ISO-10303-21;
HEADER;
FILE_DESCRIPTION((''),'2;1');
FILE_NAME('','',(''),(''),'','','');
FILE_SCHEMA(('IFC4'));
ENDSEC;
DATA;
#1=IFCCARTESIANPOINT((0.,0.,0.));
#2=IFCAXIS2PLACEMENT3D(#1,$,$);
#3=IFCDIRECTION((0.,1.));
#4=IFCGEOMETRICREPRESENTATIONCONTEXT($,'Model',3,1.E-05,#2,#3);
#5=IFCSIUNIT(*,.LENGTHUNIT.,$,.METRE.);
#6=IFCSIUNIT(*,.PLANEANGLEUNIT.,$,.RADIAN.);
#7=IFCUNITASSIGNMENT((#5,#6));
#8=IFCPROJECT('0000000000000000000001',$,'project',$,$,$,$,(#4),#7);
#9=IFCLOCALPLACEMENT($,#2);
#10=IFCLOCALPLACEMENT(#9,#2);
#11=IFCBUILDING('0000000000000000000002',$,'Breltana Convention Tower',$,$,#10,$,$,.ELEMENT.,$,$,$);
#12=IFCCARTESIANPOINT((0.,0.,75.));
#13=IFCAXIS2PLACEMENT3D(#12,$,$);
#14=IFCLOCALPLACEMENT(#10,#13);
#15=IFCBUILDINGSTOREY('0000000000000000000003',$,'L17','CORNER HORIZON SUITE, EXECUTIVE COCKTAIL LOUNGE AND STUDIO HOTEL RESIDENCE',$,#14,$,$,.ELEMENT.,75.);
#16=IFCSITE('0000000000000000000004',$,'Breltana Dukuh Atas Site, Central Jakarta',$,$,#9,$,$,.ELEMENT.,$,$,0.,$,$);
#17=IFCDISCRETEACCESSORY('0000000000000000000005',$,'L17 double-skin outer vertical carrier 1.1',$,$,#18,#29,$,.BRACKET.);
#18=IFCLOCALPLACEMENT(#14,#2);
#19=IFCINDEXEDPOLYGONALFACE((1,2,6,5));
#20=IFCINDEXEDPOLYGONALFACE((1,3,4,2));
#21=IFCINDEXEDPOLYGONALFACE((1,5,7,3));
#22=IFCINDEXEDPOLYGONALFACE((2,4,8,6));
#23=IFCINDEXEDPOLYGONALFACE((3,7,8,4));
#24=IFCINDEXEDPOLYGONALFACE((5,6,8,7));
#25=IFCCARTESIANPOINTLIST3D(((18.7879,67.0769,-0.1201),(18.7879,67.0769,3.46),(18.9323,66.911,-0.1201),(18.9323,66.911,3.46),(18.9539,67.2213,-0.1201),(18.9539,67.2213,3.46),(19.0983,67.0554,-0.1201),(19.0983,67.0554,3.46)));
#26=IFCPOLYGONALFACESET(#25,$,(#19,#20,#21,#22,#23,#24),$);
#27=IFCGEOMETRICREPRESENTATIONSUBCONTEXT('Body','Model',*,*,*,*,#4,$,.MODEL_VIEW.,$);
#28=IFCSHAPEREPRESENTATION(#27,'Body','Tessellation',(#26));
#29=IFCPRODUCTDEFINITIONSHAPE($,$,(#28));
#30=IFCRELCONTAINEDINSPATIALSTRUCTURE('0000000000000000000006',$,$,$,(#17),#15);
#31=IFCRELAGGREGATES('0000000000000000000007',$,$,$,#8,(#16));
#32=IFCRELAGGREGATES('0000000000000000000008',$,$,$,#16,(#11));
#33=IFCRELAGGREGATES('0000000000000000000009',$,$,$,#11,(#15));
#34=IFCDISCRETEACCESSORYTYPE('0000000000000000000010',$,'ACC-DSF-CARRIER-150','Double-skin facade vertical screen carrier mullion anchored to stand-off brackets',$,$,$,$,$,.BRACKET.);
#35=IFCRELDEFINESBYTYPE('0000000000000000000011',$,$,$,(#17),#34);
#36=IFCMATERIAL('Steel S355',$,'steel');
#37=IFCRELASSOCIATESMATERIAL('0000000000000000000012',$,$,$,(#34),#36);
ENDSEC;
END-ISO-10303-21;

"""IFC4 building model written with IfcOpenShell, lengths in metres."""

from ifc_helpers import new_model, si_unit, direction, frame, origin, origin_2d, place, context, subcontext, project, spatial, rectangle, extrude, source, transform, mapped, material, type_object, element, save


model = new_model("IFC4")

# Units and contexts
model_context = context("Model", 3, precision=1e-05, world=origin(), true_north=direction((0.0, 1.0)))
body_context = subcontext(model_context, "Body", "Model", "MODEL_VIEW")
ifc_project = project(units=[si_unit("LENGTHUNIT", "METRE"), si_unit("PLANEANGLEUNIT", "RADIAN")], contexts=[model_context])

# Site, building, storey
site_placement = place(None, origin())
site = spatial("IfcSite", under=ifc_project, at=site_placement, Name="Breltana Dukuh Atas Site, Central Jakarta", CompositionType="ELEMENT", RefElevation=0.0)
building_placement = place(site_placement, origin())
building = spatial("IfcBuilding", under=site, at=building_placement, Name="Breltana Convention Tower", CompositionType="ELEMENT")
storey_placement = place(building_placement, frame((0.0, 0.0, 75.0)))
storey = spatial("IfcBuildingStorey", under=building, at=storey_placement, Name="L17", Description="CORNER HORIZON SUITE, EXECUTIVE COCKTAIL LOUNGE AND STUDIO HOTEL RESIDENCE", CompositionType="ELEMENT", Elevation=75.0)

# Discrete accessory
ifc_material_1 = material(Name="Steel S355", Category="steel")
discrete_accessory_type_1 = type_object("IfcDiscreteAccessoryType", Name="ACC-DSF-CARRIER-150", Description="Double-skin facade vertical screen carrier mullion anchored to stand-off brackets", PredefinedType="BRACKET", material=ifc_material_1)
shared_shape_1 = source(origin(), body_context, "Body", "SweptSolid", [
    extrude(rectangle(XDim=0.22, YDim=0.22, at=origin_2d()), origin(), (0.0, 0.0, 1.0), 3.5801),
])
discrete_accessory_placement = place(storey_placement, frame((18.9431, 67.0662, -0.1201), z_axis=(0.0, 0.0, 1.0), x_axis=(-0.656457, 0.754364, 0.0)))
element("IfcDiscreteAccessory", 1, at=discrete_accessory_placement, inside=storey, type_object=discrete_accessory_type_1, Name="L17 double-skin outer vertical carrier 1.1", PredefinedType="BRACKET", context=body_context, shape_type="MappedRepresentation", body=[
    mapped(shared_shape_1, transform((0.0, 0.0, 0.0), scale=1.0)),
])

save(model, "model.ifc")
